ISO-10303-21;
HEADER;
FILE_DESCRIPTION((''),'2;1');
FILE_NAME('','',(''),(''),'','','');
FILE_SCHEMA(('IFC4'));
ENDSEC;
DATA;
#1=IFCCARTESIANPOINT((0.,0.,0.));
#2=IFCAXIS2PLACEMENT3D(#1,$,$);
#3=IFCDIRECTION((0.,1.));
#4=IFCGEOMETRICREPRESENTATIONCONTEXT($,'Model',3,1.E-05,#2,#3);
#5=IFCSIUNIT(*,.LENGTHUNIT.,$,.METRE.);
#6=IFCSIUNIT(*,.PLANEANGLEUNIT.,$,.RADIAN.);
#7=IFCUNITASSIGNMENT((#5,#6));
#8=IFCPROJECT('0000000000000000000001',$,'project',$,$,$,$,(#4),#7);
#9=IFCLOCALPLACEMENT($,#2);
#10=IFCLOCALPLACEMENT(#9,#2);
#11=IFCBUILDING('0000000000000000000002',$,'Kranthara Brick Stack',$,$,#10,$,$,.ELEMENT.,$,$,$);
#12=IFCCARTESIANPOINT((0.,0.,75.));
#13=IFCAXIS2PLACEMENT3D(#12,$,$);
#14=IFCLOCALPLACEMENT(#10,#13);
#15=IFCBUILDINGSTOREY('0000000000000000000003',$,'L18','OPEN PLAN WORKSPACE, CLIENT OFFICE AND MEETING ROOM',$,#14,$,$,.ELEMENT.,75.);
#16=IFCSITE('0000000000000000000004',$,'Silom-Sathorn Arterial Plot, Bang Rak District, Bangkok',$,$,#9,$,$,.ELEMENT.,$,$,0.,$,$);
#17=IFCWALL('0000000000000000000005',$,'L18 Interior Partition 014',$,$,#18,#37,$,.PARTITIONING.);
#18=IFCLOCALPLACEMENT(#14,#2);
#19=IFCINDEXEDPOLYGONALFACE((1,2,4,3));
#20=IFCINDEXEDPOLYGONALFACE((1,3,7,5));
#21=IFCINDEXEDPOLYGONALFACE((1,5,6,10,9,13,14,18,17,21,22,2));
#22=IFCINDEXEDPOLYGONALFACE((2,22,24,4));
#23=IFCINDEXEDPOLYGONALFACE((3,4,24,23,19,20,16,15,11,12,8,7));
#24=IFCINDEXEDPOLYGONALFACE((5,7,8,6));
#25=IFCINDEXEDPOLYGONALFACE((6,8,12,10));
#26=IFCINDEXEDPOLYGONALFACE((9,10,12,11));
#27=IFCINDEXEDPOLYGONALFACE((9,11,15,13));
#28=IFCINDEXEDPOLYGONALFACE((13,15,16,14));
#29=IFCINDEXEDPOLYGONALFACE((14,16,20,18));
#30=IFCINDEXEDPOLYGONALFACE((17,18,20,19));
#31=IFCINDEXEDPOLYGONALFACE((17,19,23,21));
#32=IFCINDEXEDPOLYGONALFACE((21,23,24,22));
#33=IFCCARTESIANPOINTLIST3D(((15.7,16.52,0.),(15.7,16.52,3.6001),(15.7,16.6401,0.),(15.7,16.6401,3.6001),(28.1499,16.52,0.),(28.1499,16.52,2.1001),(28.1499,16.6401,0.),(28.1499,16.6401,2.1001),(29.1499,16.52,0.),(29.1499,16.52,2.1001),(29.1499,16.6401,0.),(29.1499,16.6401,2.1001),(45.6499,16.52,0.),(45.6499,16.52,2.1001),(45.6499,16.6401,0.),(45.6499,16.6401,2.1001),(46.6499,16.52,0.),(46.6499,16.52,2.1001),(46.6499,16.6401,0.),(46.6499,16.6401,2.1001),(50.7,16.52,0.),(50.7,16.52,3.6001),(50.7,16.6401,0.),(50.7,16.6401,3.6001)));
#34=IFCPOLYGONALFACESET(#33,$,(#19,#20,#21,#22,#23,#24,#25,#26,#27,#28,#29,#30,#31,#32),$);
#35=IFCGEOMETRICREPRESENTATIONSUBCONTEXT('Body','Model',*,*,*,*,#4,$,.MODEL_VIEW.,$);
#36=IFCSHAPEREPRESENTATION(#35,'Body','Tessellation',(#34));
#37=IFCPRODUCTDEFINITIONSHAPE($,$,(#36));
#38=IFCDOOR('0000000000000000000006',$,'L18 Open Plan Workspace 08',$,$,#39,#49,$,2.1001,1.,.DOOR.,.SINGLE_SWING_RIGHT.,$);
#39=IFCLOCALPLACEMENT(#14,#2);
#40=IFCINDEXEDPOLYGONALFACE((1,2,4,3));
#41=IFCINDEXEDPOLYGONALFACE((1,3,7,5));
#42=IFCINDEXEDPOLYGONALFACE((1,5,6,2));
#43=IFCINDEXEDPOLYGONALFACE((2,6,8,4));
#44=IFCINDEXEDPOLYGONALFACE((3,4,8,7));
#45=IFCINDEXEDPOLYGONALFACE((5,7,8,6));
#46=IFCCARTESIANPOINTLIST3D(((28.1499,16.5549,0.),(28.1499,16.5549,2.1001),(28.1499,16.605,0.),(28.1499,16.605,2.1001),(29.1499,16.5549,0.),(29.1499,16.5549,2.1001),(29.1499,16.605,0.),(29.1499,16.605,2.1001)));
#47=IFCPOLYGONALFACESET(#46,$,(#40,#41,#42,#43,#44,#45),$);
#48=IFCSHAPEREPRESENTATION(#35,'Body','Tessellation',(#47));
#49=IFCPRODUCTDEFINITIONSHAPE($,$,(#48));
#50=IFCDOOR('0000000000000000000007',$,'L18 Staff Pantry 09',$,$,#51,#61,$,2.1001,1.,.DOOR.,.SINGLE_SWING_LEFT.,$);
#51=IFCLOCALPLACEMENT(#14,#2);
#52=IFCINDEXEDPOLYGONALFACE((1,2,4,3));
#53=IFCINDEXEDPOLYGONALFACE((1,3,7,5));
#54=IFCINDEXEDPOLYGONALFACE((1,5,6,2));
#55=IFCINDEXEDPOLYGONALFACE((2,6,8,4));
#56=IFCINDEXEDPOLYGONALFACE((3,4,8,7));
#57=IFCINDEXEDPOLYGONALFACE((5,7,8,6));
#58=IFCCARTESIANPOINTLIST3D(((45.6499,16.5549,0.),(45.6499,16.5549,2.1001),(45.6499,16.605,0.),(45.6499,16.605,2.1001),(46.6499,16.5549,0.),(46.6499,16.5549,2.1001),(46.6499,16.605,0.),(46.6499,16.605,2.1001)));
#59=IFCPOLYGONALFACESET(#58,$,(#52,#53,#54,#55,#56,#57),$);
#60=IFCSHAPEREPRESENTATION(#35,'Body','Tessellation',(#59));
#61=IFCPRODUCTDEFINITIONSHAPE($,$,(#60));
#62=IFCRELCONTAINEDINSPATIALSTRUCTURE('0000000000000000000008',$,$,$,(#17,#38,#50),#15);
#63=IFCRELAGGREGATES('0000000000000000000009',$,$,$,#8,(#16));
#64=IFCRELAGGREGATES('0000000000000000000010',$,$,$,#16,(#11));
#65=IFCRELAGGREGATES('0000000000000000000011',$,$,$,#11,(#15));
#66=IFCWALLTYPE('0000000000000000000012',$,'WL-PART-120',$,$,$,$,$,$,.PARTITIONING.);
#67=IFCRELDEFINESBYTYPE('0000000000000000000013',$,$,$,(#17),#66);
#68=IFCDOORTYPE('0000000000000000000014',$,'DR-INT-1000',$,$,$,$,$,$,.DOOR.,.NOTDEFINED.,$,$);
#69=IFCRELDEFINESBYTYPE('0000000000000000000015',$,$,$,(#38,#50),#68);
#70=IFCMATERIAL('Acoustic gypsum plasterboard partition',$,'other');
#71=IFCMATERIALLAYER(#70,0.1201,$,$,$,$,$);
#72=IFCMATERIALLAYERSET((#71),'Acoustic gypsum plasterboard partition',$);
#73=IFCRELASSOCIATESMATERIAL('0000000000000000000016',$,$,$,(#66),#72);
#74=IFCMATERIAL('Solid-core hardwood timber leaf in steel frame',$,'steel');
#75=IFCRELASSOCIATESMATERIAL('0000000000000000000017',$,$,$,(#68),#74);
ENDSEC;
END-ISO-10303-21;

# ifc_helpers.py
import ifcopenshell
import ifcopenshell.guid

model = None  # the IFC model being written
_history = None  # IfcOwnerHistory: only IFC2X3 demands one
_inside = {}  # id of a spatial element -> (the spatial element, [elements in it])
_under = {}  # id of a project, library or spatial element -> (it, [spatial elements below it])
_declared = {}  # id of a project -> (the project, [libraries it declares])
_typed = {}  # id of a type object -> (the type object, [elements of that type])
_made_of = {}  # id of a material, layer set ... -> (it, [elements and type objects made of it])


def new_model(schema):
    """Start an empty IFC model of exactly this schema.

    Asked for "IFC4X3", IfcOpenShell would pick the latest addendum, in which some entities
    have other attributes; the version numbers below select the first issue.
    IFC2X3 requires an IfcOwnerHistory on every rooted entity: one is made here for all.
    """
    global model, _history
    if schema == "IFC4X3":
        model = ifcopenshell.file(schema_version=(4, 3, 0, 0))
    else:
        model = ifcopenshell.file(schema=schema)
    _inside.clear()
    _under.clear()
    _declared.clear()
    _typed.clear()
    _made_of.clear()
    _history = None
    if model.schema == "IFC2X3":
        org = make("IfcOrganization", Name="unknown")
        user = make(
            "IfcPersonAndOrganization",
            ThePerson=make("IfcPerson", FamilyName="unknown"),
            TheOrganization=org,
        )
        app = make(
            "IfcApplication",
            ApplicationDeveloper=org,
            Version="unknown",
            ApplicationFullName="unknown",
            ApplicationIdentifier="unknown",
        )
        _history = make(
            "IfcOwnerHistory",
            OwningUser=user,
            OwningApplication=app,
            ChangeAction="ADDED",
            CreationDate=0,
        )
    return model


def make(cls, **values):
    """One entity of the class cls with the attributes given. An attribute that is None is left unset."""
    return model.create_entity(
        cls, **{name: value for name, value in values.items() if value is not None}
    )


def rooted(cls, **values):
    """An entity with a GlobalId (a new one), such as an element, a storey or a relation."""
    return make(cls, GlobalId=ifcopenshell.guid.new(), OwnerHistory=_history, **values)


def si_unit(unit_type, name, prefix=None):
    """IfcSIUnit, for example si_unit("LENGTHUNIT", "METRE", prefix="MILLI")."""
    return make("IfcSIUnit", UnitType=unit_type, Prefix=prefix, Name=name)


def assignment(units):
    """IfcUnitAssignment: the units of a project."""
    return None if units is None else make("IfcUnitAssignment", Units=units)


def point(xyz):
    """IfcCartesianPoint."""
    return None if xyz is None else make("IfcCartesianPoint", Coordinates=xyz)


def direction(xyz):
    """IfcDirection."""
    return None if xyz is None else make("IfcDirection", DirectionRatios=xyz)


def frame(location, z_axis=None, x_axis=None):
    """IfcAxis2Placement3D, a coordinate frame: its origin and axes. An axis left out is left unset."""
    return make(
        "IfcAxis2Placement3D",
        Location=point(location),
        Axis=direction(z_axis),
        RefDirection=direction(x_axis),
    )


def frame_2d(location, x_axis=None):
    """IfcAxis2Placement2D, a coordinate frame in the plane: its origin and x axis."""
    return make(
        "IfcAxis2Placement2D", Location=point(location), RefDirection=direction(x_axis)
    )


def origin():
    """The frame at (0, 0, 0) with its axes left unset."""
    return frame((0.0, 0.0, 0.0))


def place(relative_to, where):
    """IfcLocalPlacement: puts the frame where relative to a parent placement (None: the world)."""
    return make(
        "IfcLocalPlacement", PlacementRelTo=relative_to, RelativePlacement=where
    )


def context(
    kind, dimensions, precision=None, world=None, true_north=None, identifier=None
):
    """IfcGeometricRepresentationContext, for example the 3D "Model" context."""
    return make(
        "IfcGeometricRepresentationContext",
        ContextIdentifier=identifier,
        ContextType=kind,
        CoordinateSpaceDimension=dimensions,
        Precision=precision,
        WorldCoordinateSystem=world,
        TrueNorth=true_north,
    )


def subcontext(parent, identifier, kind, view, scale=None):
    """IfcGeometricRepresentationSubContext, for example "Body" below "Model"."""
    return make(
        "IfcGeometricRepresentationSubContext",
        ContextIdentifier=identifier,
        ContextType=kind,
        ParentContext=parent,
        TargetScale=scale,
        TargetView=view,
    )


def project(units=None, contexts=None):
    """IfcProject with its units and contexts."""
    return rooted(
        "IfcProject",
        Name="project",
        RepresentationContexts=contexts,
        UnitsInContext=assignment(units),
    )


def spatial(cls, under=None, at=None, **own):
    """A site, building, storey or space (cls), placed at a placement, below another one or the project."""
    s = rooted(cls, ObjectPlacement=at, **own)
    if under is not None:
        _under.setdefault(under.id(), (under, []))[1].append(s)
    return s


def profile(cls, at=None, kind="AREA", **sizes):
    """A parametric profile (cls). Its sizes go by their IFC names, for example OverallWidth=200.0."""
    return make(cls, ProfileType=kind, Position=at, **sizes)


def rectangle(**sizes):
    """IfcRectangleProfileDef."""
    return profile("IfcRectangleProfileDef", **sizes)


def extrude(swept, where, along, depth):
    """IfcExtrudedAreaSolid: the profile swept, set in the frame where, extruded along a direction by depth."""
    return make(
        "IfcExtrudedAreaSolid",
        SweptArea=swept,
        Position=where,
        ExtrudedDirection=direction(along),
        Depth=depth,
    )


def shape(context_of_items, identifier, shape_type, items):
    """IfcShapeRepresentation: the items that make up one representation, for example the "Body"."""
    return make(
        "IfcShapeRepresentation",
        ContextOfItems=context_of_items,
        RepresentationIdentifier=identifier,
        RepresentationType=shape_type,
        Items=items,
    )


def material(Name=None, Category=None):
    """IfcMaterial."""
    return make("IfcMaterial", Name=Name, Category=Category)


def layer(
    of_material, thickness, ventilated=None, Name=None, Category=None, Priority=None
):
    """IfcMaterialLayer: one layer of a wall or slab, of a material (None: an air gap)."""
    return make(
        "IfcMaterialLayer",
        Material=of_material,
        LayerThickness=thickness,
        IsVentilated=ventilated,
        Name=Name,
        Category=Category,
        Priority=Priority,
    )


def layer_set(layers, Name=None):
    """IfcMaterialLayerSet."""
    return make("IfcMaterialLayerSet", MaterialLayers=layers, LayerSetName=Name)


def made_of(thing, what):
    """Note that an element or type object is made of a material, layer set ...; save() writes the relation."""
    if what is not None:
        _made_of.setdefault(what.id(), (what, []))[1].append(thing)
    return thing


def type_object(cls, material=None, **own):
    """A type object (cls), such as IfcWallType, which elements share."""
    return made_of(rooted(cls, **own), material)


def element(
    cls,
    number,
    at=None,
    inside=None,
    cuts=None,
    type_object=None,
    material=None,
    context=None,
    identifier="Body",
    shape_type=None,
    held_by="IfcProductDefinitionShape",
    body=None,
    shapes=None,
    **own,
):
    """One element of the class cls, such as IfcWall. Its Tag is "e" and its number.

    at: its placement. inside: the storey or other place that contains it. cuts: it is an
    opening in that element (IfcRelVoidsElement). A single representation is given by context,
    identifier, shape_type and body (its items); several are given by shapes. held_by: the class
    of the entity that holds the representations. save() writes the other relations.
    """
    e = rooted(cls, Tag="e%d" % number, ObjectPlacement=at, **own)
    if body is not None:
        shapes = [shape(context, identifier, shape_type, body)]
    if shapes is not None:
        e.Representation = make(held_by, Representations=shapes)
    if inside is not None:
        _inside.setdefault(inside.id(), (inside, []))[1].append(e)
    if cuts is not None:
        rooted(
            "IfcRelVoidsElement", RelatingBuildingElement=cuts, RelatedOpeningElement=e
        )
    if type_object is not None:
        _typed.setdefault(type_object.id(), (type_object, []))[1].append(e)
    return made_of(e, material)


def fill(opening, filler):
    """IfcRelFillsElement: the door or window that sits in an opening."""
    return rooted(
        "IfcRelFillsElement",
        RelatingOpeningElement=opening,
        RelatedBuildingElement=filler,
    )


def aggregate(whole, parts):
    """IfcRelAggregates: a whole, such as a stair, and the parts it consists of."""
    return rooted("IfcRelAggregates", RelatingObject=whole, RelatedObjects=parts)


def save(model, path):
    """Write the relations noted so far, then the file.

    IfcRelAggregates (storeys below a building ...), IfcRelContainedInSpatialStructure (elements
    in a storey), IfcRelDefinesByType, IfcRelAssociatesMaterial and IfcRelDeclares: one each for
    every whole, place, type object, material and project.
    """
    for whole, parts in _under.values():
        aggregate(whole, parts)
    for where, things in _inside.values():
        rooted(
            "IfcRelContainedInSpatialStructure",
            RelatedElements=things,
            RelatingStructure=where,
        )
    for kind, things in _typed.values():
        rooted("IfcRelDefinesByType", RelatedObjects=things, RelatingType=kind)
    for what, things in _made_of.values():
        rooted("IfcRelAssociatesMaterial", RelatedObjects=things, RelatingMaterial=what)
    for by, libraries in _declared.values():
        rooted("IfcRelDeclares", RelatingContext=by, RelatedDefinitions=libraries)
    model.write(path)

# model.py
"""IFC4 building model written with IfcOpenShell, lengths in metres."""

from ifc_helpers import new_model, si_unit, direction, frame, frame_2d, origin, place, context, subcontext, project, spatial, rectangle, extrude, material, layer, layer_set, type_object, element, fill, save


model = new_model("IFC4")

# Units and contexts
model_context = context("Model", 3, precision=1e-05, world=origin(), true_north=direction((0.0, 1.0)))
body_context = subcontext(model_context, "Body", "Model", "MODEL_VIEW")
ifc_project = project(units=[si_unit("LENGTHUNIT", "METRE"), si_unit("PLANEANGLEUNIT", "RADIAN")], contexts=[model_context])

# Site, building, storey
site_placement = place(None, origin())
site = spatial("IfcSite", under=ifc_project, at=site_placement, Name="Silom-Sathorn Arterial Plot, Bang Rak District, Bangkok", CompositionType="ELEMENT", RefElevation=0.0)
building_placement = place(site_placement, origin())
building = spatial("IfcBuilding", under=site, at=building_placement, Name="Kranthara Brick Stack", CompositionType="ELEMENT")
storey_placement = place(building_placement, frame((0.0, 0.0, 75.0)))
storey = spatial("IfcBuildingStorey", under=building, at=storey_placement, Name="L18", Description="OPEN PLAN WORKSPACE, CLIENT OFFICE AND MEETING ROOM", CompositionType="ELEMENT", Elevation=75.0)

# Shared definitions
ifc_material_1 = material(Name="Acoustic gypsum plasterboard partition", Category="other")
ifc_layer_1 = layer(ifc_material_1, 0.1201)
ifc_layer_set_1 = layer_set([ifc_layer_1], Name="Acoustic gypsum plasterboard partition")
wall_type_1 = type_object("IfcWallType", Name="WL-PART-120", PredefinedType="PARTITIONING", material=ifc_layer_set_1)

# Wall, openings, doors
wall_1_placement = place(storey_placement, frame((15.7, 16.5801, 0.0), z_axis=(0.0, 0.0, 1.0), x_axis=(1.0, 0.0, 0.0)))
wall_1 = element("IfcWall", 1, at=wall_1_placement, inside=storey, type_object=wall_type_1, Name="L18 Interior Partition 014", PredefinedType="PARTITIONING", context=body_context, shape_type="SweptSolid", body=[
    extrude(rectangle(XDim=35.0, YDim=0.1201, at=frame_2d((17.5, 0.0))), origin(), (0.0, 0.0, 1.0), 3.6001),
])
opening_1_placement = place(wall_1_placement, frame((12.45, 0.0, 0.0)))
opening_1 = element("IfcOpeningElement", 2, at=opening_1_placement, cuts=wall_1, PredefinedType="OPENING", context=body_context, shape_type="SweptSolid", body=[
    extrude(rectangle(XDim=1.0, YDim=2.1001, at=frame_2d((0.5, 1.05))), frame((0.0, 0.0701, 0.0), z_axis=(0.0, -1.0, 0.0), x_axis=(1.0, 0.0, 0.0)), (0.0, 0.0, 1.0), 0.1401),
])
opening_2_placement = place(wall_1_placement, frame((29.95, 0.0, 0.0)))
opening_2 = element("IfcOpeningElement", 3, at=opening_2_placement, cuts=wall_1, PredefinedType="OPENING", context=body_context, shape_type="SweptSolid", body=[
    extrude(rectangle(XDim=1.0, YDim=2.1001, at=frame_2d((0.5, 1.05))), frame((0.0, 0.0701, 0.0), z_axis=(0.0, -1.0, 0.0), x_axis=(1.0, 0.0, 0.0)), (0.0, 0.0, 1.0), 0.1401),
])
ifc_material_2 = material(Name="Solid-core hardwood timber leaf in steel frame", Category="steel")
door_type = type_object("IfcDoorType", Name="DR-INT-1000", OperationType="NOTDEFINED", PredefinedType="DOOR", material=ifc_material_2)
door_1_placement = place(opening_1_placement, origin())
door_1 = element("IfcDoor", 4, at=door_1_placement, inside=storey, type_object=door_type, Name="L18 Open Plan Workspace 08", OperationType="SINGLE_SWING_RIGHT", OverallHeight=2.1001, OverallWidth=1.0, PredefinedType="DOOR", context=body_context, shape_type="SweptSolid", body=[
    extrude(rectangle(XDim=1.0, YDim=2.1001, at=frame_2d((0.5, 1.05))), frame((0.0, 0.0249, 0.0), z_axis=(0.0, -1.0, 0.0), x_axis=(1.0, 0.0, 0.0)), (0.0, 0.0, 1.0), 0.05),
])
fill(opening_1, door_1)
door_2_placement = place(opening_2_placement, origin())
door_2 = element("IfcDoor", 5, at=door_2_placement, inside=storey, type_object=door_type, Name="L18 Staff Pantry 09", OperationType="SINGLE_SWING_LEFT", OverallHeight=2.1001, OverallWidth=1.0, PredefinedType="DOOR", context=body_context, shape_type="SweptSolid", body=[
    extrude(rectangle(XDim=1.0, YDim=2.1001, at=frame_2d((0.5, 1.05))), frame((0.0, 0.0249, 0.0), z_axis=(0.0, -1.0, 0.0), x_axis=(1.0, 0.0, 0.0)), (0.0, 0.0, 1.0), 0.05),
])
fill(opening_2, door_2)

save(model, "model.ifc")
